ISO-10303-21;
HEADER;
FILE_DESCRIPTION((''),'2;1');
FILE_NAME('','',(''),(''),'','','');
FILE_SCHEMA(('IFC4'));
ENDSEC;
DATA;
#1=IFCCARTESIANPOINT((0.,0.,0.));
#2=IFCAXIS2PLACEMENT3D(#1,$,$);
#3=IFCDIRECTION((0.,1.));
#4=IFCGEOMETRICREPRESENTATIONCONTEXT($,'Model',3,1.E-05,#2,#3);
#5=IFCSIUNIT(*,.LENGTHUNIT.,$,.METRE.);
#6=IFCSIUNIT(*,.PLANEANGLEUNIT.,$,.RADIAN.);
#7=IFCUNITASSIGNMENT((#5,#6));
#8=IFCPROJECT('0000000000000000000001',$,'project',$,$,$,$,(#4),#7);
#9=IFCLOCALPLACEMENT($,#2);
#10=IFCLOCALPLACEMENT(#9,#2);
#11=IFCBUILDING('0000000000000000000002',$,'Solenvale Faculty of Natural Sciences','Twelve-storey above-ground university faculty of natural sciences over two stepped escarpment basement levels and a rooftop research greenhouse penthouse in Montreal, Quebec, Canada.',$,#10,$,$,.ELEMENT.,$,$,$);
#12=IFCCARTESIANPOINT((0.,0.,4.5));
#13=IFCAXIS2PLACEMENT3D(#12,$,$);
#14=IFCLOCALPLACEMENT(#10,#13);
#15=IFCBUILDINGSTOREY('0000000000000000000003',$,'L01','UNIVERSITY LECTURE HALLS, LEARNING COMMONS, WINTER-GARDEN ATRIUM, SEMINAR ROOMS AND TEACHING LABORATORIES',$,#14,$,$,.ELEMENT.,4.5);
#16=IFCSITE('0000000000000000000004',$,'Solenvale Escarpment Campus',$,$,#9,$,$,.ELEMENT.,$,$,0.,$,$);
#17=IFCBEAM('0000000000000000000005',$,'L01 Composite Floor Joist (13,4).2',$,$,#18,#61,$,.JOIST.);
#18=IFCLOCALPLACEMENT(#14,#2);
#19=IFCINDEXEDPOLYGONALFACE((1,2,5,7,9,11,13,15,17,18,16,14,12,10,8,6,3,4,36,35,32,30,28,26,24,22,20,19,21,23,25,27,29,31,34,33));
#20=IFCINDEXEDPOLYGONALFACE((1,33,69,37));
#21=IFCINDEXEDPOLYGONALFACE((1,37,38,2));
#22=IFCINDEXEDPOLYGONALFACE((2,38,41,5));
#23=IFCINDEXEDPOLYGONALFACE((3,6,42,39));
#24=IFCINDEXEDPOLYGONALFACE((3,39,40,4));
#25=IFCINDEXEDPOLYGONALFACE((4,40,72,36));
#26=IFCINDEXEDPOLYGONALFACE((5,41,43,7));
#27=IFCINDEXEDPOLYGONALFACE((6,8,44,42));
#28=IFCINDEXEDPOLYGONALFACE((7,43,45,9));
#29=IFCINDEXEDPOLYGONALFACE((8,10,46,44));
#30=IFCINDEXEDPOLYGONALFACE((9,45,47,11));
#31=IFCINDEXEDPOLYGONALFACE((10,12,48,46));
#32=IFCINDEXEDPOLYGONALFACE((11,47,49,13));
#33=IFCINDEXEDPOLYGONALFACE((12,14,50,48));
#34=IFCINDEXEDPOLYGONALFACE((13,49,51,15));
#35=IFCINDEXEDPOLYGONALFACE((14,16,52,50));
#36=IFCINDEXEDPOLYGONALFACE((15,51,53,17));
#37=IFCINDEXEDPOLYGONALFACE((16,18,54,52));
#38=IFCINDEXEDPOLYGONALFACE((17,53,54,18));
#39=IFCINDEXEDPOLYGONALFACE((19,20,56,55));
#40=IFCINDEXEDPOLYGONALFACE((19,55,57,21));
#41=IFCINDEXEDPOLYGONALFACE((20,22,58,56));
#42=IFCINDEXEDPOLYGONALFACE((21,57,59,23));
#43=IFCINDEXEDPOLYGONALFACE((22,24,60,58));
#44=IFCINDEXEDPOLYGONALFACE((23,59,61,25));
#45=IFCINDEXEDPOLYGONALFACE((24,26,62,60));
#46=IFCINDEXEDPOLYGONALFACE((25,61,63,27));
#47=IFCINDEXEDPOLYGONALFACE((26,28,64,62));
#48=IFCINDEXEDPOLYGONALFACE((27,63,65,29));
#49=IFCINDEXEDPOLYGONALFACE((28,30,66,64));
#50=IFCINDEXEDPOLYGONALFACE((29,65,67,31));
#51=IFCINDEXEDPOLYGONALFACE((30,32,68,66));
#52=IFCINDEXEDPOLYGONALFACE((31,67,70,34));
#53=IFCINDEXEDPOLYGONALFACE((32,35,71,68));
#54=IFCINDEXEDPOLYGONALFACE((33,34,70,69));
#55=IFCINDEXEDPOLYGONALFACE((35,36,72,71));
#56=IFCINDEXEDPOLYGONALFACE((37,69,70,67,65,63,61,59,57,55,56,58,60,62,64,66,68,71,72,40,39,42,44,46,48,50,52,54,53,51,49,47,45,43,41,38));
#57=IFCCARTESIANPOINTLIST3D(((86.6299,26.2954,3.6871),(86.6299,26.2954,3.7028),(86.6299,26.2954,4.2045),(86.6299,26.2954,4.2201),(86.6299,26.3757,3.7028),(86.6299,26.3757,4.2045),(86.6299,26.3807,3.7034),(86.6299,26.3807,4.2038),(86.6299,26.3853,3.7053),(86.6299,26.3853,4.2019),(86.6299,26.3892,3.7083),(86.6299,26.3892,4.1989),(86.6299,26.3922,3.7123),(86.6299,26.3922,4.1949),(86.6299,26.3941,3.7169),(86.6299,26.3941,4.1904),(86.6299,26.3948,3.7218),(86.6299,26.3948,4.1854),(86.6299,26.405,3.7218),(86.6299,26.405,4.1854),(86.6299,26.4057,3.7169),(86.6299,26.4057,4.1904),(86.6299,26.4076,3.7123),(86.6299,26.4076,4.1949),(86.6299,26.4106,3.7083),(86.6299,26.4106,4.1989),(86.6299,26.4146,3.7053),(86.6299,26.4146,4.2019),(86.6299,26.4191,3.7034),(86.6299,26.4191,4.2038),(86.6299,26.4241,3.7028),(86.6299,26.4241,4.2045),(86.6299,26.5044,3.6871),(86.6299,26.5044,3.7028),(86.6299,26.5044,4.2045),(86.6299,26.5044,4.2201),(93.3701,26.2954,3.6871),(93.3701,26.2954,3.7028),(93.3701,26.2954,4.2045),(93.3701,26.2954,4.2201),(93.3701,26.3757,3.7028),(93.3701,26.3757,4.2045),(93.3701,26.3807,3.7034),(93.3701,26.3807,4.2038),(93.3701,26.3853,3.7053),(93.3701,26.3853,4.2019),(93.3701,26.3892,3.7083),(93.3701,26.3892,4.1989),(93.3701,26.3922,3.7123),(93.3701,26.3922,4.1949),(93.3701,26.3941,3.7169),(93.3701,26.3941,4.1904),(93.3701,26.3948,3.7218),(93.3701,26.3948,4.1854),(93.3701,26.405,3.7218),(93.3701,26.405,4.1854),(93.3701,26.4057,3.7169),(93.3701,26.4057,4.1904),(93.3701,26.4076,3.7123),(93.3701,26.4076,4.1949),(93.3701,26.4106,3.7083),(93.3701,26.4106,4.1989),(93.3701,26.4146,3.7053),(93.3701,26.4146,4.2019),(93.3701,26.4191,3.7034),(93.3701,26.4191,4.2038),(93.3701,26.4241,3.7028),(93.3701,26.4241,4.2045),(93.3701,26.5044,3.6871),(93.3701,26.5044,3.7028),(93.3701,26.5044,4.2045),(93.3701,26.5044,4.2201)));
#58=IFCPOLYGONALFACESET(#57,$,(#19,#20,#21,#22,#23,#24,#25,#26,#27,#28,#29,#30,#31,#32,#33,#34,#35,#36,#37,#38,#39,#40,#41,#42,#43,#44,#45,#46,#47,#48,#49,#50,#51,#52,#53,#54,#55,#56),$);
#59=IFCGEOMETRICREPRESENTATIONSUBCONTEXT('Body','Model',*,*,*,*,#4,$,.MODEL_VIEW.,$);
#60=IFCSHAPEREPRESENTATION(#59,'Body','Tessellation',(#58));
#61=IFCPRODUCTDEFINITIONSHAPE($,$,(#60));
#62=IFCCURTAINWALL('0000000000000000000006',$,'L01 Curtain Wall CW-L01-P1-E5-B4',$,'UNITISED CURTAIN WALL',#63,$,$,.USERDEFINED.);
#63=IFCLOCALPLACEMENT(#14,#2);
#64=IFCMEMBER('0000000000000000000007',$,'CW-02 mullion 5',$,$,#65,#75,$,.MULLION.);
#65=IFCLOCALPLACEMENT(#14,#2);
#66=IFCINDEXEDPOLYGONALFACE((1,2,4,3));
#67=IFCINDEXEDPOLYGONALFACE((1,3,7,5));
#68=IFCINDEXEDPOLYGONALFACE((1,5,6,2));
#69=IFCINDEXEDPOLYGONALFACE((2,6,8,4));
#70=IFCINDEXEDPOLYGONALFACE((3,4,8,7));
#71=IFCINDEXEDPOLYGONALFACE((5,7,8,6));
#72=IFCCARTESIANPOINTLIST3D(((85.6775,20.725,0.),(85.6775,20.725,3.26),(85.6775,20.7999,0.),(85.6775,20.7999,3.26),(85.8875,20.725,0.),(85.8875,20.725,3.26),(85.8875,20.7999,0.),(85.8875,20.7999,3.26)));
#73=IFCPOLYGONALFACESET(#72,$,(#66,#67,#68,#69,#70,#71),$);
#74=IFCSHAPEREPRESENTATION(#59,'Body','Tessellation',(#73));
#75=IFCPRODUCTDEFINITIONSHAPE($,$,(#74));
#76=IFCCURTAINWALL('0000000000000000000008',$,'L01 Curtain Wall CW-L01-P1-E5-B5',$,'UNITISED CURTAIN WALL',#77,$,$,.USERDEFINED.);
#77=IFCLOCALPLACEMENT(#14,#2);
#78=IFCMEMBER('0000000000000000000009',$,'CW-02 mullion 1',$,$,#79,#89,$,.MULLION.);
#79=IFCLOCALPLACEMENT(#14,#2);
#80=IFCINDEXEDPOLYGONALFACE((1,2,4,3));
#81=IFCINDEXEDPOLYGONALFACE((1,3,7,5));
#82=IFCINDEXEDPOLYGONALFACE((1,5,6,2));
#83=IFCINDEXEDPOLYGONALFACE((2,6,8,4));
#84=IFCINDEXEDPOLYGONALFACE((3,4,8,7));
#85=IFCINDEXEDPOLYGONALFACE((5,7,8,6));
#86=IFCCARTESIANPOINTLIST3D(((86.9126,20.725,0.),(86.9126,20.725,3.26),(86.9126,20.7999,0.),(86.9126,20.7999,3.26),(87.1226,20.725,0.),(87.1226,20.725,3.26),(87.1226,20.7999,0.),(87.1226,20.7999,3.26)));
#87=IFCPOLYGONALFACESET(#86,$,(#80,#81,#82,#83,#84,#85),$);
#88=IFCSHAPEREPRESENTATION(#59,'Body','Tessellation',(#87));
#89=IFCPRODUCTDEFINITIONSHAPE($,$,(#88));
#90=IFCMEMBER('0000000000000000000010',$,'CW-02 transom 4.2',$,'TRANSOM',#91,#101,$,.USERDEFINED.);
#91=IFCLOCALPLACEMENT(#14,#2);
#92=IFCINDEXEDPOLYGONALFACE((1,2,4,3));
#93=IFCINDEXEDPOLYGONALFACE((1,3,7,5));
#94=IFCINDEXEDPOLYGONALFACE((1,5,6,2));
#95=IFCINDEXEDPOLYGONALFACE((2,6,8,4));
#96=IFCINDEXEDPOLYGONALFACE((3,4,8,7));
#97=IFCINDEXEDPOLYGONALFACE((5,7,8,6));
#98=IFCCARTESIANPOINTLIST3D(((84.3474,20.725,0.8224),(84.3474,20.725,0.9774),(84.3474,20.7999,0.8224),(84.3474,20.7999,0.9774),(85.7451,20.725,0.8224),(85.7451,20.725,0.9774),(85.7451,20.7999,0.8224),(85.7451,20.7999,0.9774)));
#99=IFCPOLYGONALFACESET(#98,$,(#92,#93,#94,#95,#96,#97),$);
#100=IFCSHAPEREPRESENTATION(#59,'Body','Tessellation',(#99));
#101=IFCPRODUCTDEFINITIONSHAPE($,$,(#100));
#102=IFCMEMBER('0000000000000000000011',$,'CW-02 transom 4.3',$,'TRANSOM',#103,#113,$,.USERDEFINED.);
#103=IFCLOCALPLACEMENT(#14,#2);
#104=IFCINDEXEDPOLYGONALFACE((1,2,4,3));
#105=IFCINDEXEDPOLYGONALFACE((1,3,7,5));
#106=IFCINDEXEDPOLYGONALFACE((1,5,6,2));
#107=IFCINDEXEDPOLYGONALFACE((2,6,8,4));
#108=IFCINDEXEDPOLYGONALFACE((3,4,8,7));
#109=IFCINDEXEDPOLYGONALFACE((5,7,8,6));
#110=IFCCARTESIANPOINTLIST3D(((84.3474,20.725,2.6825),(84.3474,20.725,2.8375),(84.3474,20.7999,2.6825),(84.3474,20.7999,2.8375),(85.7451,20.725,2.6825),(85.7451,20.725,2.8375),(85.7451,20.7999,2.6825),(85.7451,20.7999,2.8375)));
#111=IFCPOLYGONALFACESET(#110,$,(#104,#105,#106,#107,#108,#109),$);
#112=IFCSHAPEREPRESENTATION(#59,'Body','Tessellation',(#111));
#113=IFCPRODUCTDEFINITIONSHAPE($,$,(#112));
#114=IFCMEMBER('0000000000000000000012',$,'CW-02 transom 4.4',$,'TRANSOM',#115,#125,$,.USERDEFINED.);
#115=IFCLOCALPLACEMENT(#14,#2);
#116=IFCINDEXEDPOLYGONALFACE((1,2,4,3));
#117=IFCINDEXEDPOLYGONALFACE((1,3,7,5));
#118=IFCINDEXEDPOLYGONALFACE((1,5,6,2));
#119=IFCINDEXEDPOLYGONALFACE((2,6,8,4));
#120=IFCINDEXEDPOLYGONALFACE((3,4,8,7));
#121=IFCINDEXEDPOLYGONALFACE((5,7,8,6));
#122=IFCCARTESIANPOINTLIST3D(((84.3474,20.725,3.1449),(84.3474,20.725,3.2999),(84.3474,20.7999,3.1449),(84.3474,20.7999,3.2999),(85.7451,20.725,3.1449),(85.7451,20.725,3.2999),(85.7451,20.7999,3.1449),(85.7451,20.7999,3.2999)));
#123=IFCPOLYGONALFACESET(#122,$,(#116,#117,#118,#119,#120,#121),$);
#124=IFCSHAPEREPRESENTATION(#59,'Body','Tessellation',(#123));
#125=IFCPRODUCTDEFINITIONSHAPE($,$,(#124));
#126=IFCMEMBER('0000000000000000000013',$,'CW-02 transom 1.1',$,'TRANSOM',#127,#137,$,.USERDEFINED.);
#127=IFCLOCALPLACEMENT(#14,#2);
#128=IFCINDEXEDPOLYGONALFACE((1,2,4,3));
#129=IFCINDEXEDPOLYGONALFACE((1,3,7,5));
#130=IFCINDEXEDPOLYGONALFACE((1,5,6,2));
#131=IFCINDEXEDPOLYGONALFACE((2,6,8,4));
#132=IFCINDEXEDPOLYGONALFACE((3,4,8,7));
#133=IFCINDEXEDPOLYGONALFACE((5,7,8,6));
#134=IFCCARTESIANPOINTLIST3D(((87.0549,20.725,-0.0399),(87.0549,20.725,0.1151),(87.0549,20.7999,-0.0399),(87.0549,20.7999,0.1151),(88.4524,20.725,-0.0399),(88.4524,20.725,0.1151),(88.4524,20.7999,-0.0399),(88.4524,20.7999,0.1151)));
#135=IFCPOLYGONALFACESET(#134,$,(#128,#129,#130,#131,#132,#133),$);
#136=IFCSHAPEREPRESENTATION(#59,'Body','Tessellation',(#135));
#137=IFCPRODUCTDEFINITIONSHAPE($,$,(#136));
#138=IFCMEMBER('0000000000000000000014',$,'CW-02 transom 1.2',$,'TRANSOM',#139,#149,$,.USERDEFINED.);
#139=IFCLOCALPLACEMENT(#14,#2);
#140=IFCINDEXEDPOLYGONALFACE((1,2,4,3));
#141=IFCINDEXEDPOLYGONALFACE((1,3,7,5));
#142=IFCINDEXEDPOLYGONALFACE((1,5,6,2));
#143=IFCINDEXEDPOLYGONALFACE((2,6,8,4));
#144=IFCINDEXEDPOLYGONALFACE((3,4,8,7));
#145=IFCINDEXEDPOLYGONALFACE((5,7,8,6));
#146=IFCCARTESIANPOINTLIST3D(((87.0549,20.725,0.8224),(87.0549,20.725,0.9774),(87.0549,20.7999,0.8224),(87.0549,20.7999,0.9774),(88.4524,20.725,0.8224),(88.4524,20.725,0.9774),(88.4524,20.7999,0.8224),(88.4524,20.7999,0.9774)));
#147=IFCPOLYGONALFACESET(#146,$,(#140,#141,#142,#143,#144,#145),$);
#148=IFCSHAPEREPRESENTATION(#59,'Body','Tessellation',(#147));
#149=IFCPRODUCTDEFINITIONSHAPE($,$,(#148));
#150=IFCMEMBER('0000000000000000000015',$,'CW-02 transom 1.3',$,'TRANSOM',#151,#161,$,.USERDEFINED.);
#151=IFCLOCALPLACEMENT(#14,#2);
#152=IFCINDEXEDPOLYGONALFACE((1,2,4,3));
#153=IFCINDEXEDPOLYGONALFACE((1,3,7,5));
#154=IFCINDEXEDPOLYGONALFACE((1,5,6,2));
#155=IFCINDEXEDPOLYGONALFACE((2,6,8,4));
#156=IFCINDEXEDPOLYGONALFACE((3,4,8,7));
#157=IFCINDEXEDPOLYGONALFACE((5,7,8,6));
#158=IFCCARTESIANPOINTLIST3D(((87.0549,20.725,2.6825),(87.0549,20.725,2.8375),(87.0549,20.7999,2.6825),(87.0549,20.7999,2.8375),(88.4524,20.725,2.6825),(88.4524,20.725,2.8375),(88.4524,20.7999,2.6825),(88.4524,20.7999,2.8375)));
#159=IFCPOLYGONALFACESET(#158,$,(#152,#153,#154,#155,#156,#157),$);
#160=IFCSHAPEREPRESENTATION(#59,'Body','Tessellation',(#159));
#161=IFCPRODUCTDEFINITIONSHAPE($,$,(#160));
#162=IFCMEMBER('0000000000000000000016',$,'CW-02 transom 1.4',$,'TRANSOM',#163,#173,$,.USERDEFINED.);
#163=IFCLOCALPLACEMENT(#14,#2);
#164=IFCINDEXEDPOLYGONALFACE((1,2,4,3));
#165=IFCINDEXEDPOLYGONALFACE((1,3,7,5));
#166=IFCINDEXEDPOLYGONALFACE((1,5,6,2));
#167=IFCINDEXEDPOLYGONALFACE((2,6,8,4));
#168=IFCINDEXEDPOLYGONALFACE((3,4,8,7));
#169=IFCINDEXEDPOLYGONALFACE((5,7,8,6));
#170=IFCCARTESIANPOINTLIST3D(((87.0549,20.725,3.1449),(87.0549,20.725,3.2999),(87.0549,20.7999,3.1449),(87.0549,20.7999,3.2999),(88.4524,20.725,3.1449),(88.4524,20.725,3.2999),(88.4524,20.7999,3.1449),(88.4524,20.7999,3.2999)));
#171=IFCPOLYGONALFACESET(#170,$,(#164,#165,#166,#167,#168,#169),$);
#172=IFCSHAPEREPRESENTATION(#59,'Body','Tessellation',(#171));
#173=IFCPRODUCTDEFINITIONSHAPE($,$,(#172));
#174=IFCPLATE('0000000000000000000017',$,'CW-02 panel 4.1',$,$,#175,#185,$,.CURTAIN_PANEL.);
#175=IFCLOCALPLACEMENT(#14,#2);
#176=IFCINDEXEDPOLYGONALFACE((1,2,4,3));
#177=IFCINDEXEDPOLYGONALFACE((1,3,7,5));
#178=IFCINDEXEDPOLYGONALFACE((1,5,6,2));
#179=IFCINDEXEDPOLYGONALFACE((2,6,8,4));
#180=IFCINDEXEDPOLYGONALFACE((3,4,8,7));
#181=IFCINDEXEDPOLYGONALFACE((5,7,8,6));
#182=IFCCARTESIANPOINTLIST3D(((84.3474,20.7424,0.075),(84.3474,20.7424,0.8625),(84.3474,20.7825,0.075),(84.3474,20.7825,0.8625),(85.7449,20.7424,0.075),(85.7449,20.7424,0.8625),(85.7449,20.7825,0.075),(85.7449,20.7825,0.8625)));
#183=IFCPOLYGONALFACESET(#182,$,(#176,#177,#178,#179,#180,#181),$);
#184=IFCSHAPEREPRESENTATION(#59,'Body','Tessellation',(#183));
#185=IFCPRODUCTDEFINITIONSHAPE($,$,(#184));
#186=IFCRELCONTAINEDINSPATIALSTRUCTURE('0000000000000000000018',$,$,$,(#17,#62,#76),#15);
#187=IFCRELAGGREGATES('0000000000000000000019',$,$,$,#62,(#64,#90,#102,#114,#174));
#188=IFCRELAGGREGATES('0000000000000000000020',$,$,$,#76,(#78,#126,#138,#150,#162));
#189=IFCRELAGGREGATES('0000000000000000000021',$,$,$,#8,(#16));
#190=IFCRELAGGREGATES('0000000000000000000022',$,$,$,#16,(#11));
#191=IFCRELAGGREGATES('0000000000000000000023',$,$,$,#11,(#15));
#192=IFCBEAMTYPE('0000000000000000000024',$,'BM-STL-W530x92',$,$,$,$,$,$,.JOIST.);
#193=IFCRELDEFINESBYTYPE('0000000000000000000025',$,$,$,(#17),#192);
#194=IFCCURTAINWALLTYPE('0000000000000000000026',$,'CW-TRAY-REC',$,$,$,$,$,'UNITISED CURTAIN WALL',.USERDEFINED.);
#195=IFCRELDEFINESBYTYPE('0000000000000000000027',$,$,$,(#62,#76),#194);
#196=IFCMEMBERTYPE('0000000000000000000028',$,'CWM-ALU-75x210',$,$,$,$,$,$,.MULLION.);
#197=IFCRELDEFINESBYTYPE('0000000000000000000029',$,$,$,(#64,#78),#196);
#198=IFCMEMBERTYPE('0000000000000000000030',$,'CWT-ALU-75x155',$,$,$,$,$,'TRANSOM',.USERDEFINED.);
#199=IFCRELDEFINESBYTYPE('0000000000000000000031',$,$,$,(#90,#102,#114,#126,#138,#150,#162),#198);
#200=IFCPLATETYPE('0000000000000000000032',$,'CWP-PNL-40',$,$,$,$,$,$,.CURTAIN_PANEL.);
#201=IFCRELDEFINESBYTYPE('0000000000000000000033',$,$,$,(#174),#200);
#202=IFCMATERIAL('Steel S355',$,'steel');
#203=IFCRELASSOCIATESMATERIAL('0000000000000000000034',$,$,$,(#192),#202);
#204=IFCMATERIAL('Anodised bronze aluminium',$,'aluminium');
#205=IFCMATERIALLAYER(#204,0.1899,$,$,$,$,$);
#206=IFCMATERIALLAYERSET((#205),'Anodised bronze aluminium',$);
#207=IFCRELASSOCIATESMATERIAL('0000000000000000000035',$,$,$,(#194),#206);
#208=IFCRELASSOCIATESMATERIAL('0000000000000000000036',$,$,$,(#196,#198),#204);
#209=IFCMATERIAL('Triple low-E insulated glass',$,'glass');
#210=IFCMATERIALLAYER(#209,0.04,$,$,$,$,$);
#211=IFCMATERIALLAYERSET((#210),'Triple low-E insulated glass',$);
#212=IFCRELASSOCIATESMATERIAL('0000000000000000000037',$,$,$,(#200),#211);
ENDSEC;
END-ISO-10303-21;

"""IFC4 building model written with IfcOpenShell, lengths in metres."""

from ifc_helpers import new_model, si_unit, direction, frame, origin, origin_2d, place, context, subcontext, project, spatial, rectangle, i_section, extrude, material, layer, layer_set, material_profile, profile_set, type_object, element, aggregate, save


model = new_model("IFC4")

# Units and contexts
model_context = context("Model", 3, precision=1e-05, world=origin(), true_north=direction((0.0, 1.0)))
body_context = subcontext(model_context, "Body", "Model", "MODEL_VIEW")
ifc_project = project(units=[si_unit("LENGTHUNIT", "METRE"), si_unit("PLANEANGLEUNIT", "RADIAN")], contexts=[model_context])

# Site, building, storey
site_placement = place(None, origin())
site = spatial("IfcSite", under=ifc_project, at=site_placement, Name="Solenvale Escarpment Campus", CompositionType="ELEMENT", RefElevation=0.0)
building_placement = place(site_placement, origin())
building = spatial("IfcBuilding", under=site, at=building_placement, Name="Solenvale Faculty of Natural Sciences", Description="Twelve-storey above-ground university faculty of natural sciences over two stepped escarpment basement levels and a rooftop research greenhouse penthouse in Montreal, Quebec, Canada.", CompositionType="ELEMENT")
storey_placement = place(building_placement, frame((0.0, 0.0, 4.5)))
storey = spatial("IfcBuildingStorey", under=building, at=storey_placement, Name="L01", Description="UNIVERSITY LECTURE HALLS, LEARNING COMMONS, WINTER-GARDEN ATRIUM, SEMINAR ROOMS AND TEACHING LABORATORIES", CompositionType="ELEMENT", Elevation=4.5)

# Beam
ifc_material_1 = material(Name="Steel S355", Category="steel")
ifc_material_profile_1 = material_profile(ifc_material_1, i_section(OverallWidth=0.209, OverallDepth=0.533, WebThickness=0.0103, FlangeThickness=0.0156, FilletRadius=0.019, at=origin_2d()), Name="W530x92")
ifc_profile_set_1 = profile_set([ifc_material_profile_1], Name="Steel S355")
beam_type_1 = type_object("IfcBeamType", Name="BM-STL-W530x92", PredefinedType="JOIST", material=ifc_profile_set_1)
for number, where, z_axis, x_axis, name in (
    (1, (86.6299, 26.3999, 3.9536), (1.0, 0.0, 0.0), (0.0, 1.0, 0.0), "L01 Composite Floor Joist (13,4).2"),
):
    element("IfcBeam", number, at=place(storey_placement, frame(where, z_axis=z_axis, x_axis=x_axis)), inside=storey, type_object=beam_type_1, Name=name, PredefinedType="JOIST", context=body_context, shape_type="SweptSolid", body=[
        extrude(i_section(OverallWidth=0.209, OverallDepth=0.533, WebThickness=0.0103, FlangeThickness=0.0156, FilletRadius=0.019, at=origin_2d()), origin(), (0.0, 0.0, 1.0), 6.7402),
    ])

# Curtain walls, members
ifc_material_2 = material(Name="Anodised bronze aluminium", Category="aluminium")
ifc_layer_1 = layer(ifc_material_2, 0.1899)
ifc_layer_set_1 = layer_set([ifc_layer_1], Name="Anodised bronze aluminium")
curtain_wall_type = type_object("IfcCurtainWallType", Name="CW-TRAY-REC", ElementType="UNITISED CURTAIN WALL", PredefinedType="USERDEFINED", material=ifc_layer_set_1)
curtain_wall_1_placement = place(storey_placement, origin())
curtain_wall_1 = element("IfcCurtainWall", 2, at=curtain_wall_1_placement, inside=storey, type_object=curtain_wall_type, Name="L01 Curtain Wall CW-L01-P1-E5-B4", ObjectType="UNITISED CURTAIN WALL", PredefinedType="USERDEFINED")
ifc_material_profile_2 = material_profile(ifc_material_2, rectangle(XDim=0.075, YDim=0.21, at=origin_2d()), Name="ALU-MUL-75x210")
ifc_profile_set_2 = profile_set([ifc_material_profile_2], Name="Anodised bronze aluminium")
member_type_1 = type_object("IfcMemberType", Name="CWM-ALU-75x210", PredefinedType="MULLION", material=ifc_profile_set_2)
member_1_placement = place(storey_placement, frame((85.7825, 20.7625, 0.0), z_axis=(0.0, 0.0, 1.0), x_axis=(0.0, 1.0, 0.0)))
member_1 = element("IfcMember", 3, at=member_1_placement, type_object=member_type_1, Name="CW-02 mullion 5", PredefinedType="MULLION", context=body_context, shape_type="SweptSolid", body=[
    extrude(rectangle(XDim=0.075, YDim=0.21, at=origin_2d()), origin(), (0.0, 0.0, 1.0), 3.26),
])
curtain_wall_2_placement = place(storey_placement, origin())
curtain_wall_2 = element("IfcCurtainWall", 4, at=curtain_wall_2_placement, inside=storey, type_object=curtain_wall_type, Name="L01 Curtain Wall CW-L01-P1-E5-B5", ObjectType="UNITISED CURTAIN WALL", PredefinedType="USERDEFINED")
member_2_placement = place(storey_placement, frame((87.0176, 20.7625, 0.0), z_axis=(0.0, 0.0, 1.0), x_axis=(0.0, 1.0, 0.0)))
member_2 = element("IfcMember", 5, at=member_2_placement, type_object=member_type_1, Name="CW-02 mullion 1", PredefinedType="MULLION", context=body_context, shape_type="SweptSolid", body=[
    extrude(rectangle(XDim=0.075, YDim=0.21, at=origin_2d()), origin(), (0.0, 0.0, 1.0), 3.26),
])

# Members
ifc_material_profile_3 = material_profile(ifc_material_2, rectangle(XDim=0.075, YDim=0.155, at=origin_2d()), Name="ALU-TRN-75x155")
ifc_profile_set_3 = profile_set([ifc_material_profile_3], Name="Anodised bronze aluminium")
member_type_2 = type_object("IfcMemberType", Name="CWT-ALU-75x155", ElementType="TRANSOM", PredefinedType="USERDEFINED", material=ifc_profile_set_3)
member_3_placement = place(storey_placement, frame((84.3474, 20.7625, 0.8999), z_axis=(1.0, 0.0, 0.0), x_axis=(0.0, 1.0, 0.0)))
member_3 = element("IfcMember", 6, at=member_3_placement, type_object=member_type_2, Name="CW-02 transom 4.2", ObjectType="TRANSOM", PredefinedType="USERDEFINED", context=body_context, shape_type="SweptSolid", body=[
    extrude(rectangle(XDim=0.075, YDim=0.155, at=origin_2d()), origin(), (0.0, 0.0, 1.0), 1.3977),
])
member_4_placement = place(storey_placement, frame((84.3474, 20.7625, 2.76), z_axis=(1.0, 0.0, 0.0), x_axis=(0.0, 1.0, 0.0)))
member_4 = element("IfcMember", 7, at=member_4_placement, type_object=member_type_2, Name="CW-02 transom 4.3", ObjectType="TRANSOM", PredefinedType="USERDEFINED", context=body_context, shape_type="SweptSolid", body=[
    extrude(rectangle(XDim=0.075, YDim=0.155, at=origin_2d()), origin(), (0.0, 0.0, 1.0), 1.3977),
])
member_5_placement = place(storey_placement, frame((84.3474, 20.7625, 3.2224), z_axis=(1.0, 0.0, 0.0), x_axis=(0.0, 1.0, 0.0)))
member_5 = element("IfcMember", 8, at=member_5_placement, type_object=member_type_2, Name="CW-02 transom 4.4", ObjectType="TRANSOM", PredefinedType="USERDEFINED", context=body_context, shape_type="SweptSolid", body=[
    extrude(rectangle(XDim=0.075, YDim=0.155, at=origin_2d()), origin(), (0.0, 0.0, 1.0), 1.3977),
])
member_6_placement = place(storey_placement, frame((87.0549, 20.7625, 0.0376), z_axis=(1.0, 0.0, 0.0), x_axis=(0.0, 1.0, 0.0)))
member_6 = element("IfcMember", 9, at=member_6_placement, type_object=member_type_2, Name="CW-02 transom 1.1", ObjectType="TRANSOM", PredefinedType="USERDEFINED", context=body_context, shape_type="SweptSolid", body=[
    extrude(rectangle(XDim=0.075, YDim=0.155, at=origin_2d()), origin(), (0.0, 0.0, 1.0), 1.3975),
])
member_7_placement = place(storey_placement, frame((87.0549, 20.7625, 0.8999), z_axis=(1.0, 0.0, 0.0), x_axis=(0.0, 1.0, 0.0)))
member_7 = element("IfcMember", 10, at=member_7_placement, type_object=member_type_2, Name="CW-02 transom 1.2", ObjectType="TRANSOM", PredefinedType="USERDEFINED", context=body_context, shape_type="SweptSolid", body=[
    extrude(rectangle(XDim=0.075, YDim=0.155, at=origin_2d()), origin(), (0.0, 0.0, 1.0), 1.3975),
])
member_8_placement = place(storey_placement, frame((87.0549, 20.7625, 2.76), z_axis=(1.0, 0.0, 0.0), x_axis=(0.0, 1.0, 0.0)))
member_8 = element("IfcMember", 11, at=member_8_placement, type_object=member_type_2, Name="CW-02 transom 1.3", ObjectType="TRANSOM", PredefinedType="USERDEFINED", context=body_context, shape_type="SweptSolid", body=[
    extrude(rectangle(XDim=0.075, YDim=0.155, at=origin_2d()), origin(), (0.0, 0.0, 1.0), 1.3975),
])
member_9_placement = place(storey_placement, frame((87.0549, 20.7625, 3.2224), z_axis=(1.0, 0.0, 0.0), x_axis=(0.0, 1.0, 0.0)))
member_9 = element("IfcMember", 12, at=member_9_placement, type_object=member_type_2, Name="CW-02 transom 1.4", ObjectType="TRANSOM", PredefinedType="USERDEFINED", context=body_context, shape_type="SweptSolid", body=[
    extrude(rectangle(XDim=0.075, YDim=0.155, at=origin_2d()), origin(), (0.0, 0.0, 1.0), 1.3975),
])

# Plate
ifc_material_3 = material(Name="Triple low-E insulated glass", Category="glass")
ifc_layer_2 = layer(ifc_material_3, 0.04)
ifc_layer_set_2 = layer_set([ifc_layer_2], Name="Triple low-E insulated glass")
plate_type_1 = type_object("IfcPlateType", Name="CWP-PNL-40", PredefinedType="CURTAIN_PANEL", material=ifc_layer_set_2)
plate_1_placement = place(storey_placement, frame((85.0461, 20.7625, 0.075), z_axis=(0.0, 0.0, 1.0), x_axis=(1.0, 0.0, 0.0)))
plate_1 = element("IfcPlate", 13, at=plate_1_placement, type_object=plate_type_1, Name="CW-02 panel 4.1", PredefinedType="CURTAIN_PANEL", context=body_context, shape_type="SweptSolid", body=[
    extrude(rectangle(XDim=1.3975, YDim=0.04, at=origin_2d()), origin(), (0.0, 0.0, 1.0), 0.7876),
])
aggregate(curtain_wall_1, [member_1, member_3, member_4, member_5, plate_1])
aggregate(curtain_wall_2, [member_2, member_6, member_7, member_8, member_9])

save(model, "model.ifc")
